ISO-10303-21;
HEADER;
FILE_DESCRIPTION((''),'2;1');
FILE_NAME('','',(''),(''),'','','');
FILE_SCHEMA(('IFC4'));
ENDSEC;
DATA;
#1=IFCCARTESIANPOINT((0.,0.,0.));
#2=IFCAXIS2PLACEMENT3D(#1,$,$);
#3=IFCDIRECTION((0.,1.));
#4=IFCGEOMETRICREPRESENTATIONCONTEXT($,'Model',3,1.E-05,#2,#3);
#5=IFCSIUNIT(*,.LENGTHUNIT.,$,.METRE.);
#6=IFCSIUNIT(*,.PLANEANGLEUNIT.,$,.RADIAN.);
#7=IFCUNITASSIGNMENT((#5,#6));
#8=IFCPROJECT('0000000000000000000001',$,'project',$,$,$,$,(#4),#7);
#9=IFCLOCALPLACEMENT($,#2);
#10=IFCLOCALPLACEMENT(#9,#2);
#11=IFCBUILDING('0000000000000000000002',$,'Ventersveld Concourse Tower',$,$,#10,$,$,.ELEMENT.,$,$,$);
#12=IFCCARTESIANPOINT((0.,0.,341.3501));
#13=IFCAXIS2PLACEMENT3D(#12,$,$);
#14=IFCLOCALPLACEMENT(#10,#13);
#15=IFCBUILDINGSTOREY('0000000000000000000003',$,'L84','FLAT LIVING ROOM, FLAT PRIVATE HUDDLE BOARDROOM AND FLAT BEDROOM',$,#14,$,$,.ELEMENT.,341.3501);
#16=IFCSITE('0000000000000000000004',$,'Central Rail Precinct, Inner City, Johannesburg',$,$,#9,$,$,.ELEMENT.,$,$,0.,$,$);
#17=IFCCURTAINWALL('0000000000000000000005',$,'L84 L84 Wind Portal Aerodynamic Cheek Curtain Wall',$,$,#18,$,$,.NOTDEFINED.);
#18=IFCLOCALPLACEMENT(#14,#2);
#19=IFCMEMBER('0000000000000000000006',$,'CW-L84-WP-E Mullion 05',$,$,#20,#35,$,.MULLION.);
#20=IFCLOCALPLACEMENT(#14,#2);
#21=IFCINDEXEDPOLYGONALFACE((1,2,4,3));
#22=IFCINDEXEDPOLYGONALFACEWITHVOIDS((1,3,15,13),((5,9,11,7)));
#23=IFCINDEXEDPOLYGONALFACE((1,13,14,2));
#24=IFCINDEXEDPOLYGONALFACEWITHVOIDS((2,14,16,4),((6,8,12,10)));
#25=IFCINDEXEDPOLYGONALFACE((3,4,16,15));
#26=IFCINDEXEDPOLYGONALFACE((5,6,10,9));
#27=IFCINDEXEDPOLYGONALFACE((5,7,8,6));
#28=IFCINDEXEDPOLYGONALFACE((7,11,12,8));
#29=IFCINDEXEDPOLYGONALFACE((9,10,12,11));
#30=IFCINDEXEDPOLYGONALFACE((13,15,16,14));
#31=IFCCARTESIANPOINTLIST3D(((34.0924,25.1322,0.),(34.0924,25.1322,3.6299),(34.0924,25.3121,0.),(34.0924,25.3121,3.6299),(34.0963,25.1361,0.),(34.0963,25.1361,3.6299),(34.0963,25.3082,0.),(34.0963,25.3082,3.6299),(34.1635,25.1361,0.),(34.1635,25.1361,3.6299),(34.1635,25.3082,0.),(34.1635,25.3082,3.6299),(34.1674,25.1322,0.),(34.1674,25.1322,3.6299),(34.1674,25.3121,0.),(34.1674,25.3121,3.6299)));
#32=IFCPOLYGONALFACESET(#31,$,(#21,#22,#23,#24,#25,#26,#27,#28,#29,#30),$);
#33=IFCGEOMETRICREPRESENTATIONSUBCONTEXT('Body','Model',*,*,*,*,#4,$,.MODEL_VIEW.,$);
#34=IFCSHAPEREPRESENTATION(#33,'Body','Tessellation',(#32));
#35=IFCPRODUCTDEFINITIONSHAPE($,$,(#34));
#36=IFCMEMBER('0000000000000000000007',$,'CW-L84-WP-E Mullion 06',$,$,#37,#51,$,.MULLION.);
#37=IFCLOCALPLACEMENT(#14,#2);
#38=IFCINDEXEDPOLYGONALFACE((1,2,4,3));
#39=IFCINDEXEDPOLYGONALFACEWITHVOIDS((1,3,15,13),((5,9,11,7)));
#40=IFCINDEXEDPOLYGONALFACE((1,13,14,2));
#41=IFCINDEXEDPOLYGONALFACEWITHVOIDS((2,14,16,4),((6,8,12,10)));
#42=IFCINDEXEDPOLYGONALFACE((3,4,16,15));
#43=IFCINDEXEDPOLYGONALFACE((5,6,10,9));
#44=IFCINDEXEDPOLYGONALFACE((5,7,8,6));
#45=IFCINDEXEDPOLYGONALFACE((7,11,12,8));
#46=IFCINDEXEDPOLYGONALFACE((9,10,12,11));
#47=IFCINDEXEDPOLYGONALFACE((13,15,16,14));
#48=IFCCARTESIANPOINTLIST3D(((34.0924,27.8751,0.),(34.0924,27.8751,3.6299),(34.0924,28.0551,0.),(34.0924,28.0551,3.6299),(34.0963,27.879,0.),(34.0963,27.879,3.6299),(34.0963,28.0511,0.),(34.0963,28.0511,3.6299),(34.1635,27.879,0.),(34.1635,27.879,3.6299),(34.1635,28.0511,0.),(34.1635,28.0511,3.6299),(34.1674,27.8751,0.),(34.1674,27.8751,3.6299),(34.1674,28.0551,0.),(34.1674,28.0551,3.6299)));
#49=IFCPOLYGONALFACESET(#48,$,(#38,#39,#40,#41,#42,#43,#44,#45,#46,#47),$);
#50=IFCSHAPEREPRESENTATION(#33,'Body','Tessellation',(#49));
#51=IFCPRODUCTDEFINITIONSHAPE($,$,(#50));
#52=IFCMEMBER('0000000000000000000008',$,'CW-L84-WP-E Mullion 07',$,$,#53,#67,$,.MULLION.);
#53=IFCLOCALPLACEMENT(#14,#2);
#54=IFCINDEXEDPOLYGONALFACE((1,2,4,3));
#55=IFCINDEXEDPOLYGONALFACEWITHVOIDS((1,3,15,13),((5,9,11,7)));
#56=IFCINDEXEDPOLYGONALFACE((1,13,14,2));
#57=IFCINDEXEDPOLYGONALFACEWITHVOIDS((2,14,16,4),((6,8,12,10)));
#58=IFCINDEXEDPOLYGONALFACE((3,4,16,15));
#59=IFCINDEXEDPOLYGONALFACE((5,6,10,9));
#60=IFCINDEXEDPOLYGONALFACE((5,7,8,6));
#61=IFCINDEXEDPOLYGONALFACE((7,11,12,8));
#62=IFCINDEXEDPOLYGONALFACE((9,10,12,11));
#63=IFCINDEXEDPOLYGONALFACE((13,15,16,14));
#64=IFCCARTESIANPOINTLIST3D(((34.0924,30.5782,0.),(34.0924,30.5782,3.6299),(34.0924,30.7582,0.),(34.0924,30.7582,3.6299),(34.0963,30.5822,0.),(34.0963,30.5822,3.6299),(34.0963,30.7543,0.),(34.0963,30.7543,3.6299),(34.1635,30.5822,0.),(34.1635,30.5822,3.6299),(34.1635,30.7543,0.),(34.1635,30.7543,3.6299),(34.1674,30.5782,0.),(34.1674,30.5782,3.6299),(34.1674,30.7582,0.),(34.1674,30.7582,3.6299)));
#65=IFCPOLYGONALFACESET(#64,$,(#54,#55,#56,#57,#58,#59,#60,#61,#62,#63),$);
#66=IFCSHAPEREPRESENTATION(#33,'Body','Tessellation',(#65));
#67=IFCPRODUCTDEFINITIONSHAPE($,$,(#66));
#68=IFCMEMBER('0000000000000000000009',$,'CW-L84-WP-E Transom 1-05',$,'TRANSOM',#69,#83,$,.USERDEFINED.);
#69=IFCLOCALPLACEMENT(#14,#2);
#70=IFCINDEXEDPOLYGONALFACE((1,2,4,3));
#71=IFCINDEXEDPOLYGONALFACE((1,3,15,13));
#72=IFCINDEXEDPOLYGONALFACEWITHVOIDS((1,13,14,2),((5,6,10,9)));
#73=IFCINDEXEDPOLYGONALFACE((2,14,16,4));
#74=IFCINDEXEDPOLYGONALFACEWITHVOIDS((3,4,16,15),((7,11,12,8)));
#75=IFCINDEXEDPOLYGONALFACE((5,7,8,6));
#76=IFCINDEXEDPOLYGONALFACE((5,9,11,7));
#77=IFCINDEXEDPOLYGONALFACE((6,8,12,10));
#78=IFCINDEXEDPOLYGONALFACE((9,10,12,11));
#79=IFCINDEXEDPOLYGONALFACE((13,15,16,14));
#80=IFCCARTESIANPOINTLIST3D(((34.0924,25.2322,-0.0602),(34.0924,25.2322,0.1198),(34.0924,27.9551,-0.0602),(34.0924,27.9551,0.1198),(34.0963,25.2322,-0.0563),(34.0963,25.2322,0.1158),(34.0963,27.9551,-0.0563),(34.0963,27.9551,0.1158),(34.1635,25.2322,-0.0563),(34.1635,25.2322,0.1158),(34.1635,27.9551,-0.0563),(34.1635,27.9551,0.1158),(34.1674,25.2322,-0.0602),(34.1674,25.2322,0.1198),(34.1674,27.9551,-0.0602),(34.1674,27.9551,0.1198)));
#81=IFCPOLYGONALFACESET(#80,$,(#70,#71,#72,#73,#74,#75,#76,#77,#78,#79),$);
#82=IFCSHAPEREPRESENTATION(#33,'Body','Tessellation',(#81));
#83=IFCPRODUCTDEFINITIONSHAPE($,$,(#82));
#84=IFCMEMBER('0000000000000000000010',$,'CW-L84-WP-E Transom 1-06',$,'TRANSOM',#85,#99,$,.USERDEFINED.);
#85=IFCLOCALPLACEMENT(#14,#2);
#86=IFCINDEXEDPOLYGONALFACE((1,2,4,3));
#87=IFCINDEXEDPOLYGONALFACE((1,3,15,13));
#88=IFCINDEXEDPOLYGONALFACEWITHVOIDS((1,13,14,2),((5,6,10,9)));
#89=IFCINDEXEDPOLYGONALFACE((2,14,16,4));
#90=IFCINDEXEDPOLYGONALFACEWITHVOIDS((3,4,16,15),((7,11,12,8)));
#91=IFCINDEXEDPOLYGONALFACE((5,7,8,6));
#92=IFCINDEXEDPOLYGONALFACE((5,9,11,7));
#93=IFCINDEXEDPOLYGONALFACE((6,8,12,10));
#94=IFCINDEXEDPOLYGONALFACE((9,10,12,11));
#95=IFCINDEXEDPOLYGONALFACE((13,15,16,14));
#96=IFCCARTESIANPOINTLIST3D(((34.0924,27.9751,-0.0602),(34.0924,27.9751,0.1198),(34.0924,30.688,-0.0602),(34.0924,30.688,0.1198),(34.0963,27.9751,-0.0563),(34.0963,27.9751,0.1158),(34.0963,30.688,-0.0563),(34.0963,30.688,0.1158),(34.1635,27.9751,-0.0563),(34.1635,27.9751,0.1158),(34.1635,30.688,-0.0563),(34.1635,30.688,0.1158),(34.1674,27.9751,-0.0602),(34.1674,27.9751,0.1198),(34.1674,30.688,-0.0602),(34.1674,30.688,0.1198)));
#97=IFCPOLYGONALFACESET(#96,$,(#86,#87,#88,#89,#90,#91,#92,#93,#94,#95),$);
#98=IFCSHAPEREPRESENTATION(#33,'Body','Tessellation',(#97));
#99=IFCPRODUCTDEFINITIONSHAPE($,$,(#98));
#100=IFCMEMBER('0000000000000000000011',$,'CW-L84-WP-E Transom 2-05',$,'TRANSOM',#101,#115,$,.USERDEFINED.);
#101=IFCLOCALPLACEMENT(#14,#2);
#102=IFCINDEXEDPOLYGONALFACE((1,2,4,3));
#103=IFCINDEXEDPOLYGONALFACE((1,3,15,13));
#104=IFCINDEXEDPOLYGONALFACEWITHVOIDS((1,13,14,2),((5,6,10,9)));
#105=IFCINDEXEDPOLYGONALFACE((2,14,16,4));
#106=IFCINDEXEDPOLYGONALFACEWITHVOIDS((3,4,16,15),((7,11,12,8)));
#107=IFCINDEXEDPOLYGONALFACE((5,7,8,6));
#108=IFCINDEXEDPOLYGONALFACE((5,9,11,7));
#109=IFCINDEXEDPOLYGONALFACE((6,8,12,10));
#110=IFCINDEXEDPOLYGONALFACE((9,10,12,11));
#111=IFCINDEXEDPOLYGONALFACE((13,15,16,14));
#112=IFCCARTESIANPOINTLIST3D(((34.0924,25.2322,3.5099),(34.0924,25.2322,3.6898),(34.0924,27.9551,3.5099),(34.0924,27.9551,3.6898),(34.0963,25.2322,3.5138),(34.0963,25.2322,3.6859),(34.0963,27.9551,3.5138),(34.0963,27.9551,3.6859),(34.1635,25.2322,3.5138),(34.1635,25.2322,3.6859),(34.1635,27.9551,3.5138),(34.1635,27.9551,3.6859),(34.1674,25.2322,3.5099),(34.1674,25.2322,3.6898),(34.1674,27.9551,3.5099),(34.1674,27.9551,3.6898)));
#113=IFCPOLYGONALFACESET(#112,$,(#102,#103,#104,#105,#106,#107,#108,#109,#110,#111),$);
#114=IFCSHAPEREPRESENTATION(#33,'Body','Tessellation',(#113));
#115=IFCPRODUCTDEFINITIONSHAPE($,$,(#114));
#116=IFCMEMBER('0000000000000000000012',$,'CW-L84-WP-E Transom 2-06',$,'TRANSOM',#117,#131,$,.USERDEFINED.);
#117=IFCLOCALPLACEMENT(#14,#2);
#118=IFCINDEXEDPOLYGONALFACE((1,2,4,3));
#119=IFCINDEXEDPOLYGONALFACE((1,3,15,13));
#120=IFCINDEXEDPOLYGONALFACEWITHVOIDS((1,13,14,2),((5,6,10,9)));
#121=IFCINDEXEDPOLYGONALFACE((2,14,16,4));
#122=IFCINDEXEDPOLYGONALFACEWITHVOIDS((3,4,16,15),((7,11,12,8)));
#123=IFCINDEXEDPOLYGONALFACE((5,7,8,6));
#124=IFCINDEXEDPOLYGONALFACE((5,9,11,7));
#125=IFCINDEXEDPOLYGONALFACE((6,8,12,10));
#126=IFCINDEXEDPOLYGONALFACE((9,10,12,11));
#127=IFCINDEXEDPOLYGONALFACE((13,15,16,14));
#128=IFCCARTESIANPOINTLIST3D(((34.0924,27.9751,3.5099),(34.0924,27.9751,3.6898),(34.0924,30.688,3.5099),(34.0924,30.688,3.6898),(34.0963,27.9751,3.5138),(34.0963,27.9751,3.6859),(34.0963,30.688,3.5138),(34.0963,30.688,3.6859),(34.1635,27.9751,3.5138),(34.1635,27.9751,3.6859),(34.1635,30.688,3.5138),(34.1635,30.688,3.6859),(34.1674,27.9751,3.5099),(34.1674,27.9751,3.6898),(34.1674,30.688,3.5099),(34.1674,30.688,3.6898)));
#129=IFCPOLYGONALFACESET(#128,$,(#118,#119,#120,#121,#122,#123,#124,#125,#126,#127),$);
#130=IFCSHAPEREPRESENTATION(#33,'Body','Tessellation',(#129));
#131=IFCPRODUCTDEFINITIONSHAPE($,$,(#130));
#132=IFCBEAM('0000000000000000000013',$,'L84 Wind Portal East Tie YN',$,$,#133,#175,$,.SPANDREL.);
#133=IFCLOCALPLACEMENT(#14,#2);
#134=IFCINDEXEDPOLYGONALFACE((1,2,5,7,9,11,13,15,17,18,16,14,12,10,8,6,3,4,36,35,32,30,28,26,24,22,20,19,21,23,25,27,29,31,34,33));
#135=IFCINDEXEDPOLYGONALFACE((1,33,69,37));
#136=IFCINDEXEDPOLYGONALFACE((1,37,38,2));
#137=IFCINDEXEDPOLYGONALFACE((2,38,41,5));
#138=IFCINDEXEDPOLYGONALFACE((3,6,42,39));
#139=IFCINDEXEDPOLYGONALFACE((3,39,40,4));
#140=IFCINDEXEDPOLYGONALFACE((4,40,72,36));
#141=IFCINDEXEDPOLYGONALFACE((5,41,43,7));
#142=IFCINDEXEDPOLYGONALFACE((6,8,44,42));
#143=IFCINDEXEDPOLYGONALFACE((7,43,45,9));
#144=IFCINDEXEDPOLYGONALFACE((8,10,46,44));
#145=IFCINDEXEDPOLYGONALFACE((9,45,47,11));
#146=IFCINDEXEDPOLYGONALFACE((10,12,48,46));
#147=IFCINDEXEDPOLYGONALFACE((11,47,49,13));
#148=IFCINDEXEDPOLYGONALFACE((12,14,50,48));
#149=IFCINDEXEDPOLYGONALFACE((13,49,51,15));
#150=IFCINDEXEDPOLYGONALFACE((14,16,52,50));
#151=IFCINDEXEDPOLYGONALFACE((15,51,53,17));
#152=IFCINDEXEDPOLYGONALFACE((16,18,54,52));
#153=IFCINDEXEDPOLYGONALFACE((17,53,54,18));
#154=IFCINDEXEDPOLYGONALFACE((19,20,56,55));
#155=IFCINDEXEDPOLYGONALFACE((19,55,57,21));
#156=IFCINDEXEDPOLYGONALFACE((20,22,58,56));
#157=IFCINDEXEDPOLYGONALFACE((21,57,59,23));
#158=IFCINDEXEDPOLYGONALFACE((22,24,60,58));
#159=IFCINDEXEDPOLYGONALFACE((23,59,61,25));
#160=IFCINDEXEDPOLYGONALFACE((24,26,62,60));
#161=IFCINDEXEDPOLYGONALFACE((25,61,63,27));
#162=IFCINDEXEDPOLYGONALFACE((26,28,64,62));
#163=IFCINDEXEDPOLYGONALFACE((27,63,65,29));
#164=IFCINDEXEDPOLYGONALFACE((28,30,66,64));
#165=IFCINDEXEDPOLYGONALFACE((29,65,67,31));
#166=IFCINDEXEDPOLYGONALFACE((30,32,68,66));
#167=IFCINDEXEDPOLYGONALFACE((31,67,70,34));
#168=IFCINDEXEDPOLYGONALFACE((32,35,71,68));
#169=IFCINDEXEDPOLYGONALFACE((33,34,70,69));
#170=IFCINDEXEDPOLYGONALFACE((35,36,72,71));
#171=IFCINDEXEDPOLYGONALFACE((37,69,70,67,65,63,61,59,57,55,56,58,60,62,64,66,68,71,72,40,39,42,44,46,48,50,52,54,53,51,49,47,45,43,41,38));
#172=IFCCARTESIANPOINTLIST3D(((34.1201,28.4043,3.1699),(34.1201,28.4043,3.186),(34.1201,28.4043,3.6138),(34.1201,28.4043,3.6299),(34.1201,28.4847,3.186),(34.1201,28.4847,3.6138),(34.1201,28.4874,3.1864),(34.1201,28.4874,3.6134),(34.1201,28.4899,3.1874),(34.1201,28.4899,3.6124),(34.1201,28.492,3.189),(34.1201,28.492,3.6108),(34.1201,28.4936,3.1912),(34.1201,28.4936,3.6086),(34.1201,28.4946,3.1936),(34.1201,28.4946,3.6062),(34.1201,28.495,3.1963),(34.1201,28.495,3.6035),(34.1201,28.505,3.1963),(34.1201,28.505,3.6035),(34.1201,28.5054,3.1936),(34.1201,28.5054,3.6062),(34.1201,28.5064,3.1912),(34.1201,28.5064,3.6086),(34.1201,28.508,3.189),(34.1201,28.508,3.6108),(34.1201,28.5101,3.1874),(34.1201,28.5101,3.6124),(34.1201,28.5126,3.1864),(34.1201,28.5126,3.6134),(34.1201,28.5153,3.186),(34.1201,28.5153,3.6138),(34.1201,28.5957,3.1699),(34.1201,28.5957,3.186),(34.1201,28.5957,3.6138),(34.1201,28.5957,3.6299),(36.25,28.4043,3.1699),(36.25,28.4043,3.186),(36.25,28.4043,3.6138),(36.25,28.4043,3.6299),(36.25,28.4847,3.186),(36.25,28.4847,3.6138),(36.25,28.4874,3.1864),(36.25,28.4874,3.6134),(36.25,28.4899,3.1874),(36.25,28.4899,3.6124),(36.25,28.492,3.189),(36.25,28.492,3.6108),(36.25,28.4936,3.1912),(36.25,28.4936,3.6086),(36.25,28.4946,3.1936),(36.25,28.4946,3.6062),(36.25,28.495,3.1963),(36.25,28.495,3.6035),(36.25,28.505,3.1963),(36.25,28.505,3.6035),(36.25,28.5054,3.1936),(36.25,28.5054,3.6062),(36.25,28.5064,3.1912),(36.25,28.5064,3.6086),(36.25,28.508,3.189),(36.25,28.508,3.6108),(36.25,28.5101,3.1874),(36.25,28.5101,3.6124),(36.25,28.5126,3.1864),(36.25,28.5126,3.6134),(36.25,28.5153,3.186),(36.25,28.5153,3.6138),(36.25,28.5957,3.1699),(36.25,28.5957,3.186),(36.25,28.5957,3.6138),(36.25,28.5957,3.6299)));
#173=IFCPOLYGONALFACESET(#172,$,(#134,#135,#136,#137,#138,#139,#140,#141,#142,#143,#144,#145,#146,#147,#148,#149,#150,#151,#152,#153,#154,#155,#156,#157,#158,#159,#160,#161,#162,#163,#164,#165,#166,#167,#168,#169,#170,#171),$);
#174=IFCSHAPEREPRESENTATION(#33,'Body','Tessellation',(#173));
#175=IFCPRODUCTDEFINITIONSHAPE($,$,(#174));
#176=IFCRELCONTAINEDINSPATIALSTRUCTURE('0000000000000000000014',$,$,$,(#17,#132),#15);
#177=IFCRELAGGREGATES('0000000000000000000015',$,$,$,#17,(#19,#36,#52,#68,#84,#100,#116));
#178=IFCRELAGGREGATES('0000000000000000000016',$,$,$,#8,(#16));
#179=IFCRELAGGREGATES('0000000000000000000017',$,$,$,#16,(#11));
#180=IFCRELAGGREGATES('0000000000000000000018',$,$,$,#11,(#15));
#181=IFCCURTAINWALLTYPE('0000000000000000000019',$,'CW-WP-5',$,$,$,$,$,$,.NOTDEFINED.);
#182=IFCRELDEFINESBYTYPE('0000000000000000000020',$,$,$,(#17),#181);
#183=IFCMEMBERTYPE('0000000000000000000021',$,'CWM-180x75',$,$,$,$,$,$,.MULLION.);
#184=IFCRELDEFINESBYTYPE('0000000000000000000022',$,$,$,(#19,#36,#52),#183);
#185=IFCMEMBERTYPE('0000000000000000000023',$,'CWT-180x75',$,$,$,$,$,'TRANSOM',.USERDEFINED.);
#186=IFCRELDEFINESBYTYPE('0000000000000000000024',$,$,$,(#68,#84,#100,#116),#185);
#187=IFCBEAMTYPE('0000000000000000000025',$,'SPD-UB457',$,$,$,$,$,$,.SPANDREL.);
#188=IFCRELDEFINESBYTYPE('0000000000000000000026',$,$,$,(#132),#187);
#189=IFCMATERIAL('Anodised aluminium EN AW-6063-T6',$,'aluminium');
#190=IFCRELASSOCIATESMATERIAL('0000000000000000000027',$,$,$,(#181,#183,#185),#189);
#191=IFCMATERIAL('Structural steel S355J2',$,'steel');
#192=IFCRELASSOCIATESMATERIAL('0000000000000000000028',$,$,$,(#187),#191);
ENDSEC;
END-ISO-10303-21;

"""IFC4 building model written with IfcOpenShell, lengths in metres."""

from ifc_helpers import new_model, si_unit, direction, frame, origin, origin_2d, place, context, subcontext, project, spatial, hollow_rectangle, i_section, extrude, material, material_profile, profile_set, type_object, element, aggregate, save


model = new_model("IFC4")

# Units and contexts
model_context = context("Model", 3, precision=1e-05, world=origin(), true_north=direction((0.0, 1.0)))
body_context = subcontext(model_context, "Body", "Model", "MODEL_VIEW")
ifc_project = project(units=[si_unit("LENGTHUNIT", "METRE"), si_unit("PLANEANGLEUNIT", "RADIAN")], contexts=[model_context])

# Site, building, storey
site_placement = place(None, origin())
site = spatial("IfcSite", under=ifc_project, at=site_placement, Name="Central Rail Precinct, Inner City, Johannesburg", CompositionType="ELEMENT", RefElevation=0.0)
building_placement = place(site_placement, origin())
building = spatial("IfcBuilding", under=site, at=building_placement, Name="Ventersveld Concourse Tower", CompositionType="ELEMENT")
storey_placement = place(building_placement, frame((0.0, 0.0, 341.3501)))
storey = spatial("IfcBuildingStorey", under=building, at=storey_placement, Name="L84", Description="FLAT LIVING ROOM, FLAT PRIVATE HUDDLE BOARDROOM AND FLAT BEDROOM", CompositionType="ELEMENT", Elevation=341.3501)

# Curtain wall, members
ifc_material_1 = material(Name="Anodised aluminium EN AW-6063-T6", Category="aluminium")
curtain_wall_type = type_object("IfcCurtainWallType", Name="CW-WP-5", PredefinedType="NOTDEFINED", material=ifc_material_1)
curtain_wall_placement = place(storey_placement, origin())
curtain_wall = element("IfcCurtainWall", 1, at=curtain_wall_placement, inside=storey, type_object=curtain_wall_type, Name="L84 L84 Wind Portal Aerodynamic Cheek Curtain Wall", PredefinedType="NOTDEFINED")
ifc_material_profile_1 = material_profile(ifc_material_1, hollow_rectangle(XDim=0.075, YDim=0.1799, WallThickness=0.0039, at=origin_2d()), Name="ALU 180x75x4")
ifc_profile_set_1 = profile_set([ifc_material_profile_1], Name="Anodised aluminium EN AW-6063-T6")
member_type_1 = type_object("IfcMemberType", Name="CWM-180x75", PredefinedType="MULLION", material=ifc_profile_set_1)
member_1_placement = place(storey_placement, frame((34.1299, 25.2222, 0.0), z_axis=(0.0, 0.0, 1.0), x_axis=(1.0, 0.0, 0.0)))
member_1 = element("IfcMember", 2, at=member_1_placement, type_object=member_type_1, Name="CW-L84-WP-E Mullion 05", PredefinedType="MULLION", context=body_context, shape_type="SweptSolid", body=[
    extrude(hollow_rectangle(XDim=0.075, YDim=0.1799, WallThickness=0.0039, at=origin_2d()), origin(), (0.0, 0.0, 1.0), 3.6299),
])
member_2_placement = place(storey_placement, frame((34.1299, 27.9651, 0.0), z_axis=(0.0, 0.0, 1.0), x_axis=(1.0, 0.0, 0.0)))
member_2 = element("IfcMember", 3, at=member_2_placement, type_object=member_type_1, Name="CW-L84-WP-E Mullion 06", PredefinedType="MULLION", context=body_context, shape_type="SweptSolid", body=[
    extrude(hollow_rectangle(XDim=0.075, YDim=0.1799, WallThickness=0.0039, at=origin_2d()), origin(), (0.0, 0.0, 1.0), 3.6299),
])
member_3_placement = place(storey_placement, frame((34.1299, 30.6682, 0.0), z_axis=(0.0, 0.0, 1.0), x_axis=(1.0, 0.0, 0.0)))
member_3 = element("IfcMember", 4, at=member_3_placement, type_object=member_type_1, Name="CW-L84-WP-E Mullion 07", PredefinedType="MULLION", context=body_context, shape_type="SweptSolid", body=[
    extrude(hollow_rectangle(XDim=0.075, YDim=0.1799, WallThickness=0.0039, at=origin_2d()), origin(), (0.0, 0.0, 1.0), 3.6299),
])
ifc_material_profile_2 = material_profile(ifc_material_1, hollow_rectangle(XDim=0.075, YDim=0.1799, WallThickness=0.0039, at=origin_2d()), Name="ALU 180x75x4")
ifc_profile_set_2 = profile_set([ifc_material_profile_2], Name="Anodised aluminium EN AW-6063-T6")
member_type_2 = type_object("IfcMemberType", Name="CWT-180x75", ElementType="TRANSOM", PredefinedType="USERDEFINED", material=ifc_profile_set_2)
member_4_placement = place(storey_placement, frame((34.1299, 25.2322, 0.0298), z_axis=(0.0, 1.0, 0.0), x_axis=(-1.0, 0.0, 0.0)))
member_4 = element("IfcMember", 5, at=member_4_placement, type_object=member_type_2, Name="CW-L84-WP-E Transom 1-05", ObjectType="TRANSOM", PredefinedType="USERDEFINED", context=body_context, shape_type="SweptSolid", body=[
    extrude(hollow_rectangle(XDim=0.075, YDim=0.1799, WallThickness=0.0039, at=origin_2d()), origin(), (0.0, 0.0, 1.0), 2.7229),
])
member_5_placement = place(storey_placement, frame((34.1299, 27.9751, 0.0298), z_axis=(0.0, 1.0, 0.0), x_axis=(-1.0, 0.0, 0.0)))
member_5 = element("IfcMember", 6, at=member_5_placement, type_object=member_type_2, Name="CW-L84-WP-E Transom 1-06", ObjectType="TRANSOM", PredefinedType="USERDEFINED", context=body_context, shape_type="SweptSolid", body=[
    extrude(hollow_rectangle(XDim=0.075, YDim=0.1799, WallThickness=0.0039, at=origin_2d()), origin(), (0.0, 0.0, 1.0), 2.7129),
])
member_6_placement = place(storey_placement, frame((34.1299, 25.2322, 3.5999), z_axis=(0.0, 1.0, 0.0), x_axis=(-1.0, 0.0, 0.0)))
member_6 = element("IfcMember", 7, at=member_6_placement, type_object=member_type_2, Name="CW-L84-WP-E Transom 2-05", ObjectType="TRANSOM", PredefinedType="USERDEFINED", context=body_context, shape_type="SweptSolid", body=[
    extrude(hollow_rectangle(XDim=0.075, YDim=0.1799, WallThickness=0.0039, at=origin_2d()), origin(), (0.0, 0.0, 1.0), 2.7229),
])
member_7_placement = place(storey_placement, frame((34.1299, 27.9751, 3.5999), z_axis=(0.0, 1.0, 0.0), x_axis=(-1.0, 0.0, 0.0)))
member_7 = element("IfcMember", 8, at=member_7_placement, type_object=member_type_2, Name="CW-L84-WP-E Transom 2-06", ObjectType="TRANSOM", PredefinedType="USERDEFINED", context=body_context, shape_type="SweptSolid", body=[
    extrude(hollow_rectangle(XDim=0.075, YDim=0.1799, WallThickness=0.0039, at=origin_2d()), origin(), (0.0, 0.0, 1.0), 2.7129),
])

# Beam
ifc_material_2 = material(Name="Structural steel S355J2", Category="steel")
ifc_material_profile_3 = material_profile(ifc_material_2, i_section(OverallWidth=0.1914, OverallDepth=0.46, WebThickness=0.01, FlangeThickness=0.0161, FilletRadius=0.0103, at=origin_2d()), Name="UB 457x191x82")
ifc_profile_set_3 = profile_set([ifc_material_profile_3], Name="Structural steel S355J2")
beam_type = type_object("IfcBeamType", Name="SPD-UB457", PredefinedType="SPANDREL", material=ifc_profile_set_3)
beam_placement = place(storey_placement, frame((34.1201, 28.5, 3.3999), z_axis=(1.0, 0.0, 0.0), x_axis=(0.0, 1.0, 0.0)))
element("IfcBeam", 9, at=beam_placement, inside=storey, type_object=beam_type, Name="L84 Wind Portal East Tie YN", PredefinedType="SPANDREL", context=body_context, shape_type="SweptSolid", body=[
    extrude(i_section(OverallWidth=0.1914, OverallDepth=0.46, WebThickness=0.01, FlangeThickness=0.0161, FilletRadius=0.0103, at=origin_2d()), origin(), (0.0, 0.0, 1.0), 2.1299),
])

aggregate(curtain_wall, [member_1, member_2, member_3, member_4, member_5, member_6, member_7])

save(model, "model.ifc")
